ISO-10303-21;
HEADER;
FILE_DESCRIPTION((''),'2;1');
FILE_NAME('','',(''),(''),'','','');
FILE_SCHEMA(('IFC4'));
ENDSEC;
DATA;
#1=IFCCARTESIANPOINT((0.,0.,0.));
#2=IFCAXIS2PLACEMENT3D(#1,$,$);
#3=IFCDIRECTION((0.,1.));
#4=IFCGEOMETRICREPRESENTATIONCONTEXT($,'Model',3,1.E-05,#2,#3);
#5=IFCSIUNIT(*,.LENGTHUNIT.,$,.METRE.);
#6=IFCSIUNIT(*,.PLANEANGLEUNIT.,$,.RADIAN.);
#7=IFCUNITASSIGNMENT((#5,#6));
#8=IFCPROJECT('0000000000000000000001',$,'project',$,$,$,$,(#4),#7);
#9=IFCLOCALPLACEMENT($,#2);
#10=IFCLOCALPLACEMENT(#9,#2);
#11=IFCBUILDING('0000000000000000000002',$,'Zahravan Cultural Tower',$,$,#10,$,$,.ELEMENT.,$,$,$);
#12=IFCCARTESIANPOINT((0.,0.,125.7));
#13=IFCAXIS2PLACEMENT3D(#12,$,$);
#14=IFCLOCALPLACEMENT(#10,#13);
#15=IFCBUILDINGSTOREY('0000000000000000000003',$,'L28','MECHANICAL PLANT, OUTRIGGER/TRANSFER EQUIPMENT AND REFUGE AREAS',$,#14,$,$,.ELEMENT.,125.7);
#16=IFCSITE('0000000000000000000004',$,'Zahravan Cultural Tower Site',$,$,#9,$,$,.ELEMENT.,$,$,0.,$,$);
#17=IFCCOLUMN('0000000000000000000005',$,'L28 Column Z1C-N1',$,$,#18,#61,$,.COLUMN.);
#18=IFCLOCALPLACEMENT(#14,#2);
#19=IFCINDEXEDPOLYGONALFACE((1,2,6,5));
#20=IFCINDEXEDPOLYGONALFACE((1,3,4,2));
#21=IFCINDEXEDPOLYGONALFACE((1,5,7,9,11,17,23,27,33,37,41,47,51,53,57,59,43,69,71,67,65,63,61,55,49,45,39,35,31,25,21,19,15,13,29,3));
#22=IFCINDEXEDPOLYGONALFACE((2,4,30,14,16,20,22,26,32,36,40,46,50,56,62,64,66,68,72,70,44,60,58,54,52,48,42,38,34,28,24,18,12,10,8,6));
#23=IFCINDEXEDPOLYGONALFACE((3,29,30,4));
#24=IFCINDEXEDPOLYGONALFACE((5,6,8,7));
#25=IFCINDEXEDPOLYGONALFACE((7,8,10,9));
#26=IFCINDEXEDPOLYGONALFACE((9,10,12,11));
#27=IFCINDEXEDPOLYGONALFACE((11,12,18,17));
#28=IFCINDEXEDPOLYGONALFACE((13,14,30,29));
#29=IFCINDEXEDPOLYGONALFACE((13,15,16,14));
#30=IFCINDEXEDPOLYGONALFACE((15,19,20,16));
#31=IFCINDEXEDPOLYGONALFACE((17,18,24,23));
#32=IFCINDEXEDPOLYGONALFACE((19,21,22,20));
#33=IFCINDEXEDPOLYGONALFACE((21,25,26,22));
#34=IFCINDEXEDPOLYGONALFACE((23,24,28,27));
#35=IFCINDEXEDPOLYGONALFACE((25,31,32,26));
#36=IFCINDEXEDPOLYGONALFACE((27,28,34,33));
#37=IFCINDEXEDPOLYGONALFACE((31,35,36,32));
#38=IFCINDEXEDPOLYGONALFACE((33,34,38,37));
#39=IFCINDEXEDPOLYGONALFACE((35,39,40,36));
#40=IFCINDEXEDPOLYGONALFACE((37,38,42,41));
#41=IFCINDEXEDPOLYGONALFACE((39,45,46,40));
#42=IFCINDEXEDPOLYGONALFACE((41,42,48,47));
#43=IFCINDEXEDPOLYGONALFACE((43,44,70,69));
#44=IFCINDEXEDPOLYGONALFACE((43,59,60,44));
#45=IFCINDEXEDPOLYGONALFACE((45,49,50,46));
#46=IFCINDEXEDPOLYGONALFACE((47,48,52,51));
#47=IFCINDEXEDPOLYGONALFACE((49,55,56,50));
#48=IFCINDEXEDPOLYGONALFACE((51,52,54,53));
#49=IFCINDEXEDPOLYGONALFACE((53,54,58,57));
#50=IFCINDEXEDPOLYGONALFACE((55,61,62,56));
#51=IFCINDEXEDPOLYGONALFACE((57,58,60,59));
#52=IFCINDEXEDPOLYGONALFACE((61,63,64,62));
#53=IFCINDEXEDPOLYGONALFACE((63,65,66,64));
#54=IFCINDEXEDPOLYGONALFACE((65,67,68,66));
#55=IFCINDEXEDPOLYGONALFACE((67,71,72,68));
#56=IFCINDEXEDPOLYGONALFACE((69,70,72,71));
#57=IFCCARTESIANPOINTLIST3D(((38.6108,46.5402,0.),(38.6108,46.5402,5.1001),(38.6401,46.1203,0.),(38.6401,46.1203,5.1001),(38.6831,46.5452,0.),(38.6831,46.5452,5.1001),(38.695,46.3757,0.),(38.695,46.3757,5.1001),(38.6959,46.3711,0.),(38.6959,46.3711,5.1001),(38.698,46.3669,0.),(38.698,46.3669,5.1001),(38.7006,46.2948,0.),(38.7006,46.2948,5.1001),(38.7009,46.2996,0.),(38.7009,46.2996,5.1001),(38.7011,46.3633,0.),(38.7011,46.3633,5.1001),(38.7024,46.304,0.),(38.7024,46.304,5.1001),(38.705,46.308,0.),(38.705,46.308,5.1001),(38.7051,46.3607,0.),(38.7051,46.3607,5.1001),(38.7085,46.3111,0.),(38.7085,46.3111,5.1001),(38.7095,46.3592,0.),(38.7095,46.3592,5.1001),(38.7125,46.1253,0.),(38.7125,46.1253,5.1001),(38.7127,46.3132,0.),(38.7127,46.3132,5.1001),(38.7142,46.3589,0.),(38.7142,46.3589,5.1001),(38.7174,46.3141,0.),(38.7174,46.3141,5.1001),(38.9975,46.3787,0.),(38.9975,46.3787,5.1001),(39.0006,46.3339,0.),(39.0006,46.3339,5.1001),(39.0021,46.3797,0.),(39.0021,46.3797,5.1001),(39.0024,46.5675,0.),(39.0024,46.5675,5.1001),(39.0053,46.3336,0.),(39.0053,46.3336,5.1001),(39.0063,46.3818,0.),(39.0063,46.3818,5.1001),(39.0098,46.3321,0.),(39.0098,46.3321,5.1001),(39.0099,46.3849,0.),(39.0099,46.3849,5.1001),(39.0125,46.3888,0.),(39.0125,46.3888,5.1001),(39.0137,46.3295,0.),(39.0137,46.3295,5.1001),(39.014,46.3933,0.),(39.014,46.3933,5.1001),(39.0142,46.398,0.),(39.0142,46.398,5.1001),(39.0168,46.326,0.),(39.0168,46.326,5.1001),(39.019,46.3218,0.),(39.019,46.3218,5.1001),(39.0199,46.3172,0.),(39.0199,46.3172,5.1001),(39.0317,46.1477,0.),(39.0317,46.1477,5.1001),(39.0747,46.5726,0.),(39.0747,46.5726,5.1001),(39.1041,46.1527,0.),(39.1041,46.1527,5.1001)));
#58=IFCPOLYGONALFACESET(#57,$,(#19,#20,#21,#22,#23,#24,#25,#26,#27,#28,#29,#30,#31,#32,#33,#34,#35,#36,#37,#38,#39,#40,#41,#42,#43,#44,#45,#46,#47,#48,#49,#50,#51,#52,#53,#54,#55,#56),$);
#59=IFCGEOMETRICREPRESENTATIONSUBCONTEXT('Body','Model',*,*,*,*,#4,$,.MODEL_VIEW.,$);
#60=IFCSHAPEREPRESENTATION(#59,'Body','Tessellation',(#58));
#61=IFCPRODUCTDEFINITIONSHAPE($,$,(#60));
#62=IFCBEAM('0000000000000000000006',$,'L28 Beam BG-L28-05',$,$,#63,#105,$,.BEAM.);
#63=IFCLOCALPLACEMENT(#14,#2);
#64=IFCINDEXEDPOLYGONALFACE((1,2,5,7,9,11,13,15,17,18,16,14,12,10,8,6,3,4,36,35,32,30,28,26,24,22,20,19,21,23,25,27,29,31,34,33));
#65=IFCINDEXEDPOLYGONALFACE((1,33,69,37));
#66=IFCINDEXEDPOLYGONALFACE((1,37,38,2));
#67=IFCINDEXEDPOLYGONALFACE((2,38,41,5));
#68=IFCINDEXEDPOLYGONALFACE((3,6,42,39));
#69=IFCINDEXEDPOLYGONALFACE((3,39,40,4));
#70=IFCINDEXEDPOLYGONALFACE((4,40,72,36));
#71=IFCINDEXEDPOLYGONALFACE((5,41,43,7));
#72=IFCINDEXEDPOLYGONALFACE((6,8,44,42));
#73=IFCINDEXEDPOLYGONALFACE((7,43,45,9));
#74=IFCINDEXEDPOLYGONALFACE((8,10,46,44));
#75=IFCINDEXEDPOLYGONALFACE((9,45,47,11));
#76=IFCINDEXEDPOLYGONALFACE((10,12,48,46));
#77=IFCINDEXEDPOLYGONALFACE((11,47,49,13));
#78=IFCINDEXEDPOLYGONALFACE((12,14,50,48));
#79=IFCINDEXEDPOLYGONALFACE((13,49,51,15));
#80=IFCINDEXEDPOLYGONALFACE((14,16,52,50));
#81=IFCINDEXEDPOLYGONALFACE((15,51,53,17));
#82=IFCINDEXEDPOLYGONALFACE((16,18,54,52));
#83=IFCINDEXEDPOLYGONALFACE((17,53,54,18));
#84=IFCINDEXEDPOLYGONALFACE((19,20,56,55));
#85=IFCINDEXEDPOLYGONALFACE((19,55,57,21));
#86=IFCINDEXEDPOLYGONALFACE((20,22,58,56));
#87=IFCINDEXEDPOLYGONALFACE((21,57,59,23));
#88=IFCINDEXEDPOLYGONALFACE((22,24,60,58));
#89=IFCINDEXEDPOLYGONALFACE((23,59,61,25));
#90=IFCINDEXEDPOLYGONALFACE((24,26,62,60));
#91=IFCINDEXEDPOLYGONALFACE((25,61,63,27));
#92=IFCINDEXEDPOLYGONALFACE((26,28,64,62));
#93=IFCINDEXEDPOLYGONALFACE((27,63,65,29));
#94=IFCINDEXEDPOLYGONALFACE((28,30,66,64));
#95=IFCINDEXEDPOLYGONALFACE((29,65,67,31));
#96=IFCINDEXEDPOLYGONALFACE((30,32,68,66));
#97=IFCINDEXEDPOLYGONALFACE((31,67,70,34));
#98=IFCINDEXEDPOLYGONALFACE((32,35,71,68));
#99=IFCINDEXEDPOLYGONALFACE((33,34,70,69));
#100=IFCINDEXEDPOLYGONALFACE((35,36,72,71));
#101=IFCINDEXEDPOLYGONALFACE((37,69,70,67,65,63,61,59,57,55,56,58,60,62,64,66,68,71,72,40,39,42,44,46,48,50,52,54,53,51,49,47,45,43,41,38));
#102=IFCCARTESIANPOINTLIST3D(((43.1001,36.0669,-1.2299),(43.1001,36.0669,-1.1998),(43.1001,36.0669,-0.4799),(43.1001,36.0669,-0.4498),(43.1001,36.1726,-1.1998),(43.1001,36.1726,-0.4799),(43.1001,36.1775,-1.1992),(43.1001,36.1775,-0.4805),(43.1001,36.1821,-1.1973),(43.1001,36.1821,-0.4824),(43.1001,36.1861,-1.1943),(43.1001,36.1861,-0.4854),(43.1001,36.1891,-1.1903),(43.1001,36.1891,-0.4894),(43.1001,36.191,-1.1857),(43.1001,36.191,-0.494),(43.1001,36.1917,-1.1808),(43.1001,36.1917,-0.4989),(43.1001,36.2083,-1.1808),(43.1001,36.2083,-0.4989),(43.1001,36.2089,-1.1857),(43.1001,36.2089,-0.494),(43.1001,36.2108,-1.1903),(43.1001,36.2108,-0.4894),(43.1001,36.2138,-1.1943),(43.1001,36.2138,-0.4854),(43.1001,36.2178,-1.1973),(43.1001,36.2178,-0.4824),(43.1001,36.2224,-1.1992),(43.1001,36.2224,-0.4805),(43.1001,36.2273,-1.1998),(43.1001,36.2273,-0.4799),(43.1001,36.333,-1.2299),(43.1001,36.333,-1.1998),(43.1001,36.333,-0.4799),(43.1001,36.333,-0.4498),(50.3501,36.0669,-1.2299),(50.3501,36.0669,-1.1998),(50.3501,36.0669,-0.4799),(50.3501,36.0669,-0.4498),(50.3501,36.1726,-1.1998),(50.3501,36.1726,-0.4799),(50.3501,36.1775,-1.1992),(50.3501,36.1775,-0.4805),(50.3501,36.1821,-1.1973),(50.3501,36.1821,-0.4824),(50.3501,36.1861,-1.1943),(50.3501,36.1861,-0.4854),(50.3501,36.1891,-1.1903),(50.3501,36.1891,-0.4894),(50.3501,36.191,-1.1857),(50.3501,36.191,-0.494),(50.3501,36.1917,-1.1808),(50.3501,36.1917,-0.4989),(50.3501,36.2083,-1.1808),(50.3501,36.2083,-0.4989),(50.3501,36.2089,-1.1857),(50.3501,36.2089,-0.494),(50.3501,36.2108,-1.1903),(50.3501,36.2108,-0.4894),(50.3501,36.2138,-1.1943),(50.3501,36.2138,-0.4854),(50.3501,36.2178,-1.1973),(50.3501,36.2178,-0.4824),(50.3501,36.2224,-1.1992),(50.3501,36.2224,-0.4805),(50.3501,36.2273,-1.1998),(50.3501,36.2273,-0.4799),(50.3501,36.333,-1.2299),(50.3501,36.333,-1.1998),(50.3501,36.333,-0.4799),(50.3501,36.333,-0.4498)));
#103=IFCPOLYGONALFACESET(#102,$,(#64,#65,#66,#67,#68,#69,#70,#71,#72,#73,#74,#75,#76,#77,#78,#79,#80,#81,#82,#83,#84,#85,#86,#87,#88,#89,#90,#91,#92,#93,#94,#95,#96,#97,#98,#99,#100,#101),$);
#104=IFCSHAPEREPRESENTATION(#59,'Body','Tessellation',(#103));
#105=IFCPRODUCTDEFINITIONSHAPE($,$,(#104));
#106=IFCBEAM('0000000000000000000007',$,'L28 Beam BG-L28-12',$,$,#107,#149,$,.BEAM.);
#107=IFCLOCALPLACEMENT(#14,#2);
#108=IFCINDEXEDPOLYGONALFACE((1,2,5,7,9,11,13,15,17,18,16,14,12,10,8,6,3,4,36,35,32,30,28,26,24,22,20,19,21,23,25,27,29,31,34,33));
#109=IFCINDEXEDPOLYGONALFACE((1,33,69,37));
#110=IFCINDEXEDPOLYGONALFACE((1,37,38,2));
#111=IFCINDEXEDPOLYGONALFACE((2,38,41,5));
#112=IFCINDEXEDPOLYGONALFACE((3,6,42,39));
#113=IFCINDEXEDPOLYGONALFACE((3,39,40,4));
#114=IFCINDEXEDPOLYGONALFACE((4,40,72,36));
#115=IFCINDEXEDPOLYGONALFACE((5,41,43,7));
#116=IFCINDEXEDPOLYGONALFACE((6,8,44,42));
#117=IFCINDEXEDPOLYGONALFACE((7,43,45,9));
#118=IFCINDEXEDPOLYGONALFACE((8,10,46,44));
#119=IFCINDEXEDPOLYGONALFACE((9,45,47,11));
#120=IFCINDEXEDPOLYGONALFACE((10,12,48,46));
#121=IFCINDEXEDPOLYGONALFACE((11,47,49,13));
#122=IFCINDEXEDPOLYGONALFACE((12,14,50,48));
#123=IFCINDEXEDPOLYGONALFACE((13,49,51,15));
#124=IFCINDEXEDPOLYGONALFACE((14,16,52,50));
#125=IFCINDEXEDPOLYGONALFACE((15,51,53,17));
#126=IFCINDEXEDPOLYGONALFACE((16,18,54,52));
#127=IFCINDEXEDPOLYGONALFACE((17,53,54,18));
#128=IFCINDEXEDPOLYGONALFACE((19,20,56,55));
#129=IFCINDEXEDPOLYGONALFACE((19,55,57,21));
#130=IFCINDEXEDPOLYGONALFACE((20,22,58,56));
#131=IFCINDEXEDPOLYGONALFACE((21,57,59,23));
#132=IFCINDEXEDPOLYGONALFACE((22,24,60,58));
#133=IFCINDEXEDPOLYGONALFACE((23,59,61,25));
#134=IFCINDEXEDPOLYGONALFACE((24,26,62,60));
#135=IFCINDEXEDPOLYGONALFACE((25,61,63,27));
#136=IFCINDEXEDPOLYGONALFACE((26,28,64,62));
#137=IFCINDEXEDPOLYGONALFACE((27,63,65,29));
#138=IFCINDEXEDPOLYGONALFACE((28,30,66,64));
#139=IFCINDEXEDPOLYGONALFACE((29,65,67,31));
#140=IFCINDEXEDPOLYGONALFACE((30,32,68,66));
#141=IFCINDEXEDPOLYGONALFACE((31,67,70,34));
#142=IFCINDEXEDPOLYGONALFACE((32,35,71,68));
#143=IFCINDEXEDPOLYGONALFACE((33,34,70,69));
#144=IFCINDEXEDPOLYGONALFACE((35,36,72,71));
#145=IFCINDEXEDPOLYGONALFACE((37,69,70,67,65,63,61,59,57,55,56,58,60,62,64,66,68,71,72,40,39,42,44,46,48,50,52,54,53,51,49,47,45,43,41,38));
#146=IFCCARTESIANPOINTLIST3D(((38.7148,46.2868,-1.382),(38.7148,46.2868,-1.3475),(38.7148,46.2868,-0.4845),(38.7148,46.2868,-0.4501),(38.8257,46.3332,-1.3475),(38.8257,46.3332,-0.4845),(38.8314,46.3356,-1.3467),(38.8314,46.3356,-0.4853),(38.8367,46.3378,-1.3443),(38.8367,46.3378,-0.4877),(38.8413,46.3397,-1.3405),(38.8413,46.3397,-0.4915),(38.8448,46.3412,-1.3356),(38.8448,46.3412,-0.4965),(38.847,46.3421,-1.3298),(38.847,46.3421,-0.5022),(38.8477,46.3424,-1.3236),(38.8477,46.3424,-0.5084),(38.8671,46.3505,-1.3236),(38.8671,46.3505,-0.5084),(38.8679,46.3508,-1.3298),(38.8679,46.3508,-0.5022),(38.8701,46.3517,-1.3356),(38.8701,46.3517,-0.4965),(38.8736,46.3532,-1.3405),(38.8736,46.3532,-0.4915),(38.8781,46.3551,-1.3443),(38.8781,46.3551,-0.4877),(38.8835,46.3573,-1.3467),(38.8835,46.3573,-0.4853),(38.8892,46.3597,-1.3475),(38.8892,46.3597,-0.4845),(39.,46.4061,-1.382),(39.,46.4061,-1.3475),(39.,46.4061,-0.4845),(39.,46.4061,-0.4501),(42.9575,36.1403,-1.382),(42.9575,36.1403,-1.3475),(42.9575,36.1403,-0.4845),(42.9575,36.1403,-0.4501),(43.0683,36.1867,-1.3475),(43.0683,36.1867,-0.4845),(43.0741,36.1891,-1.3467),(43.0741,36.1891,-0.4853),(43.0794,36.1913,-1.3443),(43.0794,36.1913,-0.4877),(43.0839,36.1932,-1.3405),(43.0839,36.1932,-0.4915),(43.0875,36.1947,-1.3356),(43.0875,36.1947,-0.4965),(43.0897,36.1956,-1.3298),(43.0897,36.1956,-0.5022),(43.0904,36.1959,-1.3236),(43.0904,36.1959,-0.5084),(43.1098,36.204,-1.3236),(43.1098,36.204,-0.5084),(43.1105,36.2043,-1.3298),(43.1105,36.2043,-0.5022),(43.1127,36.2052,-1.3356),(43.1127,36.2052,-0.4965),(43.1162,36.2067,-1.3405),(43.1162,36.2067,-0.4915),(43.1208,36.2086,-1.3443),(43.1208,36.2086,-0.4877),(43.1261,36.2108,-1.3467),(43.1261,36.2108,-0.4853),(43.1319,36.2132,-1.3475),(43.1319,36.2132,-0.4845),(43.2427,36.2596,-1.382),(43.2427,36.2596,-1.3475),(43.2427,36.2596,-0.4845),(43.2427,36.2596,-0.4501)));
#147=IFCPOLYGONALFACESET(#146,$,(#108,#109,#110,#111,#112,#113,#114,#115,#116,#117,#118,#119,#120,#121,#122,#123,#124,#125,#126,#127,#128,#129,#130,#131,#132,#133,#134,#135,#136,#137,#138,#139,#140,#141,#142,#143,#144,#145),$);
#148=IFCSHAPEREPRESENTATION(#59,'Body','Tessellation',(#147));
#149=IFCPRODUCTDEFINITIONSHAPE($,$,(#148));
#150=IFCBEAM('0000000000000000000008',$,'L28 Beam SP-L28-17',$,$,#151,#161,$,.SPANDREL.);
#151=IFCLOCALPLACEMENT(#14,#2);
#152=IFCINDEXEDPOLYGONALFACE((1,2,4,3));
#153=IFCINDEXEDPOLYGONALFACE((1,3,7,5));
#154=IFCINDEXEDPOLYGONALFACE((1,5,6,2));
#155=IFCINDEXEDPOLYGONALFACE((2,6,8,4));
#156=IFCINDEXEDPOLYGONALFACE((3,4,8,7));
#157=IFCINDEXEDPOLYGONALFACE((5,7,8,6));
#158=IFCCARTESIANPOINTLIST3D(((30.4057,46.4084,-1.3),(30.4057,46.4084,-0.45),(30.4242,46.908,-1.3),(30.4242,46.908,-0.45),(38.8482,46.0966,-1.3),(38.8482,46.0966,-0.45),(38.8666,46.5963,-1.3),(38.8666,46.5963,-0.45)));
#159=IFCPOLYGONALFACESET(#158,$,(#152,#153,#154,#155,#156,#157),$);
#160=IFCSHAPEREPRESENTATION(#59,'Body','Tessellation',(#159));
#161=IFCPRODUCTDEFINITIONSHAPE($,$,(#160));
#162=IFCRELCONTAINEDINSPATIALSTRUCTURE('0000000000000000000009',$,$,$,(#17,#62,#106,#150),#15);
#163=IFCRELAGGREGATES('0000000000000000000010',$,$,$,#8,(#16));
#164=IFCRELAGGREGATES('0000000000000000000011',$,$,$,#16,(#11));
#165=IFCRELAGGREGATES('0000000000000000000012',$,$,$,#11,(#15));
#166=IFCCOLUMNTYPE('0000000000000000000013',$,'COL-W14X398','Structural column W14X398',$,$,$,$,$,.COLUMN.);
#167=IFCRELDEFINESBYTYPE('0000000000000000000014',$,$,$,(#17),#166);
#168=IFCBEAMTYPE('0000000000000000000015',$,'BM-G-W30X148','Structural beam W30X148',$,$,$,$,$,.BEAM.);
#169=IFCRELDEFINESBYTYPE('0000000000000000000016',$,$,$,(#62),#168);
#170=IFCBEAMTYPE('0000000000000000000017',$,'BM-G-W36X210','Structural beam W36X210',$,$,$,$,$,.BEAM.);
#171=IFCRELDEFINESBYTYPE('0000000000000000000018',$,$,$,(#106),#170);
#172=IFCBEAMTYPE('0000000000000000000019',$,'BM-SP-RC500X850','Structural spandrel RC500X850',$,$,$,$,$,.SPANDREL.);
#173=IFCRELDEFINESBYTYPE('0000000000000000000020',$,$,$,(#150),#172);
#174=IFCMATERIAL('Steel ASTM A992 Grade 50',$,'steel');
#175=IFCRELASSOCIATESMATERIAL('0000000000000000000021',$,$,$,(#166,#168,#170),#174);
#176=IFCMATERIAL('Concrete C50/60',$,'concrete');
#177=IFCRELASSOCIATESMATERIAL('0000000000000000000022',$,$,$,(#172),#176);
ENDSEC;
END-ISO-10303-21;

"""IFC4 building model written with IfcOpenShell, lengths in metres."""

from ifc_helpers import new_model, si_unit, direction, frame, origin, origin_2d, place, context, subcontext, project, spatial, rectangle, i_section, extrude, source, transform, mapped, material, material_profile, profile_set, type_object, element, save


model = new_model("IFC4")

# Units and contexts
model_context = context("Model", 3, precision=1e-05, world=origin(), true_north=direction((0.0, 1.0)))
body_context = subcontext(model_context, "Body", "Model", "MODEL_VIEW")
ifc_project = project(units=[si_unit("LENGTHUNIT", "METRE"), si_unit("PLANEANGLEUNIT", "RADIAN")], contexts=[model_context])

# Site, building, storey
site_placement = place(None, origin())
site = spatial("IfcSite", under=ifc_project, at=site_placement, Name="Zahravan Cultural Tower Site", CompositionType="ELEMENT", RefElevation=0.0)
building_placement = place(site_placement, origin())
building = spatial("IfcBuilding", under=site, at=building_placement, Name="Zahravan Cultural Tower", CompositionType="ELEMENT")
storey_placement = place(building_placement, frame((0.0, 0.0, 125.7)))
storey = spatial("IfcBuildingStorey", under=building, at=storey_placement, Name="L28", Description="MECHANICAL PLANT, OUTRIGGER/TRANSFER EQUIPMENT AND REFUGE AREAS", CompositionType="ELEMENT", Elevation=125.7)

# Column
ifc_material_1 = material(Name="Steel ASTM A992 Grade 50", Category="steel")
ifc_material_profile_1 = material_profile(ifc_material_1, i_section(OverallWidth=0.4209, OverallDepth=0.4651, WebThickness=0.0449, FlangeThickness=0.0725, FilletRadius=0.0181, at=origin_2d()), Name="W14X398")
ifc_profile_set_1 = profile_set([ifc_material_profile_1], Name="Steel ASTM A992 Grade 50")
column_type = type_object("IfcColumnType", Name="COL-W14X398", Description="Structural column W14X398", PredefinedType="COLUMN", material=ifc_profile_set_1)
shared_shape_1 = source(origin(), body_context, "Body", "SweptSolid", [
    extrude(i_section(OverallWidth=0.4209, OverallDepth=0.4651, WebThickness=0.0449, FlangeThickness=0.0725, FilletRadius=0.0181, at=origin_2d()), origin(), (0.0, 0.0, 1.0), 5.1001),
])
column_placement = place(storey_placement, frame((38.8574, 46.3464, 0.0), z_axis=(0.0, 0.0, 1.0), x_axis=(-0.069756, 0.997564, 0.0)))
element("IfcColumn", 1, at=column_placement, inside=storey, type_object=column_type, Name="L28 Column Z1C-N1", PredefinedType="COLUMN", context=body_context, shape_type="MappedRepresentation", body=[
    mapped(shared_shape_1, transform((0.0, 0.0, 0.0), x_axis=(1.0, 0.0, 0.0), y_axis=(0.0, 1.0, 0.0), z_axis=(0.0, 0.0, 1.0), scale=1.0)),
])

# Beams
ifc_material_profile_2 = material_profile(ifc_material_1, i_section(OverallWidth=0.2661, OverallDepth=0.78, WebThickness=0.0166, FlangeThickness=0.03, FilletRadius=0.019, at=origin_2d()), Name="W30X148")
ifc_profile_set_2 = profile_set([ifc_material_profile_2], Name="Steel ASTM A992 Grade 50")
beam_type_1 = type_object("IfcBeamType", Name="BM-G-W30X148", Description="Structural beam W30X148", PredefinedType="BEAM", material=ifc_profile_set_2)
shared_shape_2 = source(origin(), body_context, "Body", "SweptSolid", [
    extrude(i_section(OverallWidth=0.2661, OverallDepth=0.78, WebThickness=0.0166, FlangeThickness=0.03, FilletRadius=0.019, at=origin_2d()), origin(), (0.0, 0.0, 1.0), 7.25),
])
beam_1_placement = place(storey_placement, frame((43.1001, 36.2, -0.8398), z_axis=(1.0, 0.0, 0.0), x_axis=(0.0, 1.0, 0.0)))
element("IfcBeam", 2, at=beam_1_placement, inside=storey, type_object=beam_type_1, Name="L28 Beam BG-L28-05", PredefinedType="BEAM", context=body_context, shape_type="MappedRepresentation", body=[
    mapped(shared_shape_2, transform((0.0, 0.0, 0.0), x_axis=(1.0, 0.0, 0.0), y_axis=(0.0, 1.0, 0.0), z_axis=(0.0, 0.0, 1.0), scale=1.0)),
])
ifc_material_profile_3 = material_profile(ifc_material_1, i_section(OverallWidth=0.3091, OverallDepth=0.9319, WebThickness=0.021, FlangeThickness=0.0344, FilletRadius=0.0239, at=origin_2d()), Name="W36X210")
ifc_profile_set_3 = profile_set([ifc_material_profile_3], Name="Steel ASTM A992 Grade 50")
beam_type_2 = type_object("IfcBeamType", Name="BM-G-W36X210", Description="Structural beam W36X210", PredefinedType="BEAM", material=ifc_profile_set_3)
shared_shape_3 = source(origin(), body_context, "Body", "SweptSolid", [
    extrude(i_section(OverallWidth=0.3091, OverallDepth=0.9319, WebThickness=0.021, FlangeThickness=0.0344, FilletRadius=0.0239, at=origin_2d()), origin(), (0.0, 0.0, 1.0), 10.9978),
])
beam_2_placement = place(storey_placement, frame((43.1001, 36.2, -0.916), z_axis=(-0.385775, 0.922593, 0.0), x_axis=(-0.922593, -0.385775, 0.0)))
element("IfcBeam", 3, at=beam_2_placement, inside=storey, type_object=beam_type_2, Name="L28 Beam BG-L28-12", PredefinedType="BEAM", context=body_context, shape_type="MappedRepresentation", body=[
    mapped(shared_shape_3, transform((0.0, 0.0, 0.0), x_axis=(1.0, 0.0, 0.0), y_axis=(0.0, 1.0, 0.0), z_axis=(0.0, 0.0, 1.0), scale=1.0)),
])
ifc_material_2 = material(Name="Concrete C50/60", Category="concrete")
ifc_material_profile_4 = material_profile(ifc_material_2, rectangle(XDim=0.5, YDim=0.8501, at=origin_2d()), Name="RC500X850")
ifc_profile_set_4 = profile_set([ifc_material_profile_4], Name="Concrete C50/60")
beam_type_3 = type_object("IfcBeamType", Name="BM-SP-RC500X850", Description="Structural spandrel RC500X850", PredefinedType="SPANDREL", material=ifc_profile_set_4)
shared_shape_4 = source(origin(), body_context, "Body", "SweptSolid", [
    extrude(rectangle(XDim=0.5, YDim=0.8501, at=origin_2d()), origin(), (0.0, 0.0, 1.0), 8.4482),
])
beam_3_placement = place(storey_placement, frame((38.8574, 46.3464, -0.875), z_axis=(-0.999319, 0.036904, 0.0), x_axis=(-0.036904, -0.999319, 0.0)))
element("IfcBeam", 4, at=beam_3_placement, inside=storey, type_object=beam_type_3, Name="L28 Beam SP-L28-17", PredefinedType="SPANDREL", context=body_context, shape_type="MappedRepresentation", body=[
    mapped(shared_shape_4, transform((0.0, 0.0, 0.0), x_axis=(1.0, 0.0, 0.0), y_axis=(0.0, 1.0, 0.0), z_axis=(0.0, 0.0, 1.0), scale=1.0)),
])

save(model, "model.ifc")
